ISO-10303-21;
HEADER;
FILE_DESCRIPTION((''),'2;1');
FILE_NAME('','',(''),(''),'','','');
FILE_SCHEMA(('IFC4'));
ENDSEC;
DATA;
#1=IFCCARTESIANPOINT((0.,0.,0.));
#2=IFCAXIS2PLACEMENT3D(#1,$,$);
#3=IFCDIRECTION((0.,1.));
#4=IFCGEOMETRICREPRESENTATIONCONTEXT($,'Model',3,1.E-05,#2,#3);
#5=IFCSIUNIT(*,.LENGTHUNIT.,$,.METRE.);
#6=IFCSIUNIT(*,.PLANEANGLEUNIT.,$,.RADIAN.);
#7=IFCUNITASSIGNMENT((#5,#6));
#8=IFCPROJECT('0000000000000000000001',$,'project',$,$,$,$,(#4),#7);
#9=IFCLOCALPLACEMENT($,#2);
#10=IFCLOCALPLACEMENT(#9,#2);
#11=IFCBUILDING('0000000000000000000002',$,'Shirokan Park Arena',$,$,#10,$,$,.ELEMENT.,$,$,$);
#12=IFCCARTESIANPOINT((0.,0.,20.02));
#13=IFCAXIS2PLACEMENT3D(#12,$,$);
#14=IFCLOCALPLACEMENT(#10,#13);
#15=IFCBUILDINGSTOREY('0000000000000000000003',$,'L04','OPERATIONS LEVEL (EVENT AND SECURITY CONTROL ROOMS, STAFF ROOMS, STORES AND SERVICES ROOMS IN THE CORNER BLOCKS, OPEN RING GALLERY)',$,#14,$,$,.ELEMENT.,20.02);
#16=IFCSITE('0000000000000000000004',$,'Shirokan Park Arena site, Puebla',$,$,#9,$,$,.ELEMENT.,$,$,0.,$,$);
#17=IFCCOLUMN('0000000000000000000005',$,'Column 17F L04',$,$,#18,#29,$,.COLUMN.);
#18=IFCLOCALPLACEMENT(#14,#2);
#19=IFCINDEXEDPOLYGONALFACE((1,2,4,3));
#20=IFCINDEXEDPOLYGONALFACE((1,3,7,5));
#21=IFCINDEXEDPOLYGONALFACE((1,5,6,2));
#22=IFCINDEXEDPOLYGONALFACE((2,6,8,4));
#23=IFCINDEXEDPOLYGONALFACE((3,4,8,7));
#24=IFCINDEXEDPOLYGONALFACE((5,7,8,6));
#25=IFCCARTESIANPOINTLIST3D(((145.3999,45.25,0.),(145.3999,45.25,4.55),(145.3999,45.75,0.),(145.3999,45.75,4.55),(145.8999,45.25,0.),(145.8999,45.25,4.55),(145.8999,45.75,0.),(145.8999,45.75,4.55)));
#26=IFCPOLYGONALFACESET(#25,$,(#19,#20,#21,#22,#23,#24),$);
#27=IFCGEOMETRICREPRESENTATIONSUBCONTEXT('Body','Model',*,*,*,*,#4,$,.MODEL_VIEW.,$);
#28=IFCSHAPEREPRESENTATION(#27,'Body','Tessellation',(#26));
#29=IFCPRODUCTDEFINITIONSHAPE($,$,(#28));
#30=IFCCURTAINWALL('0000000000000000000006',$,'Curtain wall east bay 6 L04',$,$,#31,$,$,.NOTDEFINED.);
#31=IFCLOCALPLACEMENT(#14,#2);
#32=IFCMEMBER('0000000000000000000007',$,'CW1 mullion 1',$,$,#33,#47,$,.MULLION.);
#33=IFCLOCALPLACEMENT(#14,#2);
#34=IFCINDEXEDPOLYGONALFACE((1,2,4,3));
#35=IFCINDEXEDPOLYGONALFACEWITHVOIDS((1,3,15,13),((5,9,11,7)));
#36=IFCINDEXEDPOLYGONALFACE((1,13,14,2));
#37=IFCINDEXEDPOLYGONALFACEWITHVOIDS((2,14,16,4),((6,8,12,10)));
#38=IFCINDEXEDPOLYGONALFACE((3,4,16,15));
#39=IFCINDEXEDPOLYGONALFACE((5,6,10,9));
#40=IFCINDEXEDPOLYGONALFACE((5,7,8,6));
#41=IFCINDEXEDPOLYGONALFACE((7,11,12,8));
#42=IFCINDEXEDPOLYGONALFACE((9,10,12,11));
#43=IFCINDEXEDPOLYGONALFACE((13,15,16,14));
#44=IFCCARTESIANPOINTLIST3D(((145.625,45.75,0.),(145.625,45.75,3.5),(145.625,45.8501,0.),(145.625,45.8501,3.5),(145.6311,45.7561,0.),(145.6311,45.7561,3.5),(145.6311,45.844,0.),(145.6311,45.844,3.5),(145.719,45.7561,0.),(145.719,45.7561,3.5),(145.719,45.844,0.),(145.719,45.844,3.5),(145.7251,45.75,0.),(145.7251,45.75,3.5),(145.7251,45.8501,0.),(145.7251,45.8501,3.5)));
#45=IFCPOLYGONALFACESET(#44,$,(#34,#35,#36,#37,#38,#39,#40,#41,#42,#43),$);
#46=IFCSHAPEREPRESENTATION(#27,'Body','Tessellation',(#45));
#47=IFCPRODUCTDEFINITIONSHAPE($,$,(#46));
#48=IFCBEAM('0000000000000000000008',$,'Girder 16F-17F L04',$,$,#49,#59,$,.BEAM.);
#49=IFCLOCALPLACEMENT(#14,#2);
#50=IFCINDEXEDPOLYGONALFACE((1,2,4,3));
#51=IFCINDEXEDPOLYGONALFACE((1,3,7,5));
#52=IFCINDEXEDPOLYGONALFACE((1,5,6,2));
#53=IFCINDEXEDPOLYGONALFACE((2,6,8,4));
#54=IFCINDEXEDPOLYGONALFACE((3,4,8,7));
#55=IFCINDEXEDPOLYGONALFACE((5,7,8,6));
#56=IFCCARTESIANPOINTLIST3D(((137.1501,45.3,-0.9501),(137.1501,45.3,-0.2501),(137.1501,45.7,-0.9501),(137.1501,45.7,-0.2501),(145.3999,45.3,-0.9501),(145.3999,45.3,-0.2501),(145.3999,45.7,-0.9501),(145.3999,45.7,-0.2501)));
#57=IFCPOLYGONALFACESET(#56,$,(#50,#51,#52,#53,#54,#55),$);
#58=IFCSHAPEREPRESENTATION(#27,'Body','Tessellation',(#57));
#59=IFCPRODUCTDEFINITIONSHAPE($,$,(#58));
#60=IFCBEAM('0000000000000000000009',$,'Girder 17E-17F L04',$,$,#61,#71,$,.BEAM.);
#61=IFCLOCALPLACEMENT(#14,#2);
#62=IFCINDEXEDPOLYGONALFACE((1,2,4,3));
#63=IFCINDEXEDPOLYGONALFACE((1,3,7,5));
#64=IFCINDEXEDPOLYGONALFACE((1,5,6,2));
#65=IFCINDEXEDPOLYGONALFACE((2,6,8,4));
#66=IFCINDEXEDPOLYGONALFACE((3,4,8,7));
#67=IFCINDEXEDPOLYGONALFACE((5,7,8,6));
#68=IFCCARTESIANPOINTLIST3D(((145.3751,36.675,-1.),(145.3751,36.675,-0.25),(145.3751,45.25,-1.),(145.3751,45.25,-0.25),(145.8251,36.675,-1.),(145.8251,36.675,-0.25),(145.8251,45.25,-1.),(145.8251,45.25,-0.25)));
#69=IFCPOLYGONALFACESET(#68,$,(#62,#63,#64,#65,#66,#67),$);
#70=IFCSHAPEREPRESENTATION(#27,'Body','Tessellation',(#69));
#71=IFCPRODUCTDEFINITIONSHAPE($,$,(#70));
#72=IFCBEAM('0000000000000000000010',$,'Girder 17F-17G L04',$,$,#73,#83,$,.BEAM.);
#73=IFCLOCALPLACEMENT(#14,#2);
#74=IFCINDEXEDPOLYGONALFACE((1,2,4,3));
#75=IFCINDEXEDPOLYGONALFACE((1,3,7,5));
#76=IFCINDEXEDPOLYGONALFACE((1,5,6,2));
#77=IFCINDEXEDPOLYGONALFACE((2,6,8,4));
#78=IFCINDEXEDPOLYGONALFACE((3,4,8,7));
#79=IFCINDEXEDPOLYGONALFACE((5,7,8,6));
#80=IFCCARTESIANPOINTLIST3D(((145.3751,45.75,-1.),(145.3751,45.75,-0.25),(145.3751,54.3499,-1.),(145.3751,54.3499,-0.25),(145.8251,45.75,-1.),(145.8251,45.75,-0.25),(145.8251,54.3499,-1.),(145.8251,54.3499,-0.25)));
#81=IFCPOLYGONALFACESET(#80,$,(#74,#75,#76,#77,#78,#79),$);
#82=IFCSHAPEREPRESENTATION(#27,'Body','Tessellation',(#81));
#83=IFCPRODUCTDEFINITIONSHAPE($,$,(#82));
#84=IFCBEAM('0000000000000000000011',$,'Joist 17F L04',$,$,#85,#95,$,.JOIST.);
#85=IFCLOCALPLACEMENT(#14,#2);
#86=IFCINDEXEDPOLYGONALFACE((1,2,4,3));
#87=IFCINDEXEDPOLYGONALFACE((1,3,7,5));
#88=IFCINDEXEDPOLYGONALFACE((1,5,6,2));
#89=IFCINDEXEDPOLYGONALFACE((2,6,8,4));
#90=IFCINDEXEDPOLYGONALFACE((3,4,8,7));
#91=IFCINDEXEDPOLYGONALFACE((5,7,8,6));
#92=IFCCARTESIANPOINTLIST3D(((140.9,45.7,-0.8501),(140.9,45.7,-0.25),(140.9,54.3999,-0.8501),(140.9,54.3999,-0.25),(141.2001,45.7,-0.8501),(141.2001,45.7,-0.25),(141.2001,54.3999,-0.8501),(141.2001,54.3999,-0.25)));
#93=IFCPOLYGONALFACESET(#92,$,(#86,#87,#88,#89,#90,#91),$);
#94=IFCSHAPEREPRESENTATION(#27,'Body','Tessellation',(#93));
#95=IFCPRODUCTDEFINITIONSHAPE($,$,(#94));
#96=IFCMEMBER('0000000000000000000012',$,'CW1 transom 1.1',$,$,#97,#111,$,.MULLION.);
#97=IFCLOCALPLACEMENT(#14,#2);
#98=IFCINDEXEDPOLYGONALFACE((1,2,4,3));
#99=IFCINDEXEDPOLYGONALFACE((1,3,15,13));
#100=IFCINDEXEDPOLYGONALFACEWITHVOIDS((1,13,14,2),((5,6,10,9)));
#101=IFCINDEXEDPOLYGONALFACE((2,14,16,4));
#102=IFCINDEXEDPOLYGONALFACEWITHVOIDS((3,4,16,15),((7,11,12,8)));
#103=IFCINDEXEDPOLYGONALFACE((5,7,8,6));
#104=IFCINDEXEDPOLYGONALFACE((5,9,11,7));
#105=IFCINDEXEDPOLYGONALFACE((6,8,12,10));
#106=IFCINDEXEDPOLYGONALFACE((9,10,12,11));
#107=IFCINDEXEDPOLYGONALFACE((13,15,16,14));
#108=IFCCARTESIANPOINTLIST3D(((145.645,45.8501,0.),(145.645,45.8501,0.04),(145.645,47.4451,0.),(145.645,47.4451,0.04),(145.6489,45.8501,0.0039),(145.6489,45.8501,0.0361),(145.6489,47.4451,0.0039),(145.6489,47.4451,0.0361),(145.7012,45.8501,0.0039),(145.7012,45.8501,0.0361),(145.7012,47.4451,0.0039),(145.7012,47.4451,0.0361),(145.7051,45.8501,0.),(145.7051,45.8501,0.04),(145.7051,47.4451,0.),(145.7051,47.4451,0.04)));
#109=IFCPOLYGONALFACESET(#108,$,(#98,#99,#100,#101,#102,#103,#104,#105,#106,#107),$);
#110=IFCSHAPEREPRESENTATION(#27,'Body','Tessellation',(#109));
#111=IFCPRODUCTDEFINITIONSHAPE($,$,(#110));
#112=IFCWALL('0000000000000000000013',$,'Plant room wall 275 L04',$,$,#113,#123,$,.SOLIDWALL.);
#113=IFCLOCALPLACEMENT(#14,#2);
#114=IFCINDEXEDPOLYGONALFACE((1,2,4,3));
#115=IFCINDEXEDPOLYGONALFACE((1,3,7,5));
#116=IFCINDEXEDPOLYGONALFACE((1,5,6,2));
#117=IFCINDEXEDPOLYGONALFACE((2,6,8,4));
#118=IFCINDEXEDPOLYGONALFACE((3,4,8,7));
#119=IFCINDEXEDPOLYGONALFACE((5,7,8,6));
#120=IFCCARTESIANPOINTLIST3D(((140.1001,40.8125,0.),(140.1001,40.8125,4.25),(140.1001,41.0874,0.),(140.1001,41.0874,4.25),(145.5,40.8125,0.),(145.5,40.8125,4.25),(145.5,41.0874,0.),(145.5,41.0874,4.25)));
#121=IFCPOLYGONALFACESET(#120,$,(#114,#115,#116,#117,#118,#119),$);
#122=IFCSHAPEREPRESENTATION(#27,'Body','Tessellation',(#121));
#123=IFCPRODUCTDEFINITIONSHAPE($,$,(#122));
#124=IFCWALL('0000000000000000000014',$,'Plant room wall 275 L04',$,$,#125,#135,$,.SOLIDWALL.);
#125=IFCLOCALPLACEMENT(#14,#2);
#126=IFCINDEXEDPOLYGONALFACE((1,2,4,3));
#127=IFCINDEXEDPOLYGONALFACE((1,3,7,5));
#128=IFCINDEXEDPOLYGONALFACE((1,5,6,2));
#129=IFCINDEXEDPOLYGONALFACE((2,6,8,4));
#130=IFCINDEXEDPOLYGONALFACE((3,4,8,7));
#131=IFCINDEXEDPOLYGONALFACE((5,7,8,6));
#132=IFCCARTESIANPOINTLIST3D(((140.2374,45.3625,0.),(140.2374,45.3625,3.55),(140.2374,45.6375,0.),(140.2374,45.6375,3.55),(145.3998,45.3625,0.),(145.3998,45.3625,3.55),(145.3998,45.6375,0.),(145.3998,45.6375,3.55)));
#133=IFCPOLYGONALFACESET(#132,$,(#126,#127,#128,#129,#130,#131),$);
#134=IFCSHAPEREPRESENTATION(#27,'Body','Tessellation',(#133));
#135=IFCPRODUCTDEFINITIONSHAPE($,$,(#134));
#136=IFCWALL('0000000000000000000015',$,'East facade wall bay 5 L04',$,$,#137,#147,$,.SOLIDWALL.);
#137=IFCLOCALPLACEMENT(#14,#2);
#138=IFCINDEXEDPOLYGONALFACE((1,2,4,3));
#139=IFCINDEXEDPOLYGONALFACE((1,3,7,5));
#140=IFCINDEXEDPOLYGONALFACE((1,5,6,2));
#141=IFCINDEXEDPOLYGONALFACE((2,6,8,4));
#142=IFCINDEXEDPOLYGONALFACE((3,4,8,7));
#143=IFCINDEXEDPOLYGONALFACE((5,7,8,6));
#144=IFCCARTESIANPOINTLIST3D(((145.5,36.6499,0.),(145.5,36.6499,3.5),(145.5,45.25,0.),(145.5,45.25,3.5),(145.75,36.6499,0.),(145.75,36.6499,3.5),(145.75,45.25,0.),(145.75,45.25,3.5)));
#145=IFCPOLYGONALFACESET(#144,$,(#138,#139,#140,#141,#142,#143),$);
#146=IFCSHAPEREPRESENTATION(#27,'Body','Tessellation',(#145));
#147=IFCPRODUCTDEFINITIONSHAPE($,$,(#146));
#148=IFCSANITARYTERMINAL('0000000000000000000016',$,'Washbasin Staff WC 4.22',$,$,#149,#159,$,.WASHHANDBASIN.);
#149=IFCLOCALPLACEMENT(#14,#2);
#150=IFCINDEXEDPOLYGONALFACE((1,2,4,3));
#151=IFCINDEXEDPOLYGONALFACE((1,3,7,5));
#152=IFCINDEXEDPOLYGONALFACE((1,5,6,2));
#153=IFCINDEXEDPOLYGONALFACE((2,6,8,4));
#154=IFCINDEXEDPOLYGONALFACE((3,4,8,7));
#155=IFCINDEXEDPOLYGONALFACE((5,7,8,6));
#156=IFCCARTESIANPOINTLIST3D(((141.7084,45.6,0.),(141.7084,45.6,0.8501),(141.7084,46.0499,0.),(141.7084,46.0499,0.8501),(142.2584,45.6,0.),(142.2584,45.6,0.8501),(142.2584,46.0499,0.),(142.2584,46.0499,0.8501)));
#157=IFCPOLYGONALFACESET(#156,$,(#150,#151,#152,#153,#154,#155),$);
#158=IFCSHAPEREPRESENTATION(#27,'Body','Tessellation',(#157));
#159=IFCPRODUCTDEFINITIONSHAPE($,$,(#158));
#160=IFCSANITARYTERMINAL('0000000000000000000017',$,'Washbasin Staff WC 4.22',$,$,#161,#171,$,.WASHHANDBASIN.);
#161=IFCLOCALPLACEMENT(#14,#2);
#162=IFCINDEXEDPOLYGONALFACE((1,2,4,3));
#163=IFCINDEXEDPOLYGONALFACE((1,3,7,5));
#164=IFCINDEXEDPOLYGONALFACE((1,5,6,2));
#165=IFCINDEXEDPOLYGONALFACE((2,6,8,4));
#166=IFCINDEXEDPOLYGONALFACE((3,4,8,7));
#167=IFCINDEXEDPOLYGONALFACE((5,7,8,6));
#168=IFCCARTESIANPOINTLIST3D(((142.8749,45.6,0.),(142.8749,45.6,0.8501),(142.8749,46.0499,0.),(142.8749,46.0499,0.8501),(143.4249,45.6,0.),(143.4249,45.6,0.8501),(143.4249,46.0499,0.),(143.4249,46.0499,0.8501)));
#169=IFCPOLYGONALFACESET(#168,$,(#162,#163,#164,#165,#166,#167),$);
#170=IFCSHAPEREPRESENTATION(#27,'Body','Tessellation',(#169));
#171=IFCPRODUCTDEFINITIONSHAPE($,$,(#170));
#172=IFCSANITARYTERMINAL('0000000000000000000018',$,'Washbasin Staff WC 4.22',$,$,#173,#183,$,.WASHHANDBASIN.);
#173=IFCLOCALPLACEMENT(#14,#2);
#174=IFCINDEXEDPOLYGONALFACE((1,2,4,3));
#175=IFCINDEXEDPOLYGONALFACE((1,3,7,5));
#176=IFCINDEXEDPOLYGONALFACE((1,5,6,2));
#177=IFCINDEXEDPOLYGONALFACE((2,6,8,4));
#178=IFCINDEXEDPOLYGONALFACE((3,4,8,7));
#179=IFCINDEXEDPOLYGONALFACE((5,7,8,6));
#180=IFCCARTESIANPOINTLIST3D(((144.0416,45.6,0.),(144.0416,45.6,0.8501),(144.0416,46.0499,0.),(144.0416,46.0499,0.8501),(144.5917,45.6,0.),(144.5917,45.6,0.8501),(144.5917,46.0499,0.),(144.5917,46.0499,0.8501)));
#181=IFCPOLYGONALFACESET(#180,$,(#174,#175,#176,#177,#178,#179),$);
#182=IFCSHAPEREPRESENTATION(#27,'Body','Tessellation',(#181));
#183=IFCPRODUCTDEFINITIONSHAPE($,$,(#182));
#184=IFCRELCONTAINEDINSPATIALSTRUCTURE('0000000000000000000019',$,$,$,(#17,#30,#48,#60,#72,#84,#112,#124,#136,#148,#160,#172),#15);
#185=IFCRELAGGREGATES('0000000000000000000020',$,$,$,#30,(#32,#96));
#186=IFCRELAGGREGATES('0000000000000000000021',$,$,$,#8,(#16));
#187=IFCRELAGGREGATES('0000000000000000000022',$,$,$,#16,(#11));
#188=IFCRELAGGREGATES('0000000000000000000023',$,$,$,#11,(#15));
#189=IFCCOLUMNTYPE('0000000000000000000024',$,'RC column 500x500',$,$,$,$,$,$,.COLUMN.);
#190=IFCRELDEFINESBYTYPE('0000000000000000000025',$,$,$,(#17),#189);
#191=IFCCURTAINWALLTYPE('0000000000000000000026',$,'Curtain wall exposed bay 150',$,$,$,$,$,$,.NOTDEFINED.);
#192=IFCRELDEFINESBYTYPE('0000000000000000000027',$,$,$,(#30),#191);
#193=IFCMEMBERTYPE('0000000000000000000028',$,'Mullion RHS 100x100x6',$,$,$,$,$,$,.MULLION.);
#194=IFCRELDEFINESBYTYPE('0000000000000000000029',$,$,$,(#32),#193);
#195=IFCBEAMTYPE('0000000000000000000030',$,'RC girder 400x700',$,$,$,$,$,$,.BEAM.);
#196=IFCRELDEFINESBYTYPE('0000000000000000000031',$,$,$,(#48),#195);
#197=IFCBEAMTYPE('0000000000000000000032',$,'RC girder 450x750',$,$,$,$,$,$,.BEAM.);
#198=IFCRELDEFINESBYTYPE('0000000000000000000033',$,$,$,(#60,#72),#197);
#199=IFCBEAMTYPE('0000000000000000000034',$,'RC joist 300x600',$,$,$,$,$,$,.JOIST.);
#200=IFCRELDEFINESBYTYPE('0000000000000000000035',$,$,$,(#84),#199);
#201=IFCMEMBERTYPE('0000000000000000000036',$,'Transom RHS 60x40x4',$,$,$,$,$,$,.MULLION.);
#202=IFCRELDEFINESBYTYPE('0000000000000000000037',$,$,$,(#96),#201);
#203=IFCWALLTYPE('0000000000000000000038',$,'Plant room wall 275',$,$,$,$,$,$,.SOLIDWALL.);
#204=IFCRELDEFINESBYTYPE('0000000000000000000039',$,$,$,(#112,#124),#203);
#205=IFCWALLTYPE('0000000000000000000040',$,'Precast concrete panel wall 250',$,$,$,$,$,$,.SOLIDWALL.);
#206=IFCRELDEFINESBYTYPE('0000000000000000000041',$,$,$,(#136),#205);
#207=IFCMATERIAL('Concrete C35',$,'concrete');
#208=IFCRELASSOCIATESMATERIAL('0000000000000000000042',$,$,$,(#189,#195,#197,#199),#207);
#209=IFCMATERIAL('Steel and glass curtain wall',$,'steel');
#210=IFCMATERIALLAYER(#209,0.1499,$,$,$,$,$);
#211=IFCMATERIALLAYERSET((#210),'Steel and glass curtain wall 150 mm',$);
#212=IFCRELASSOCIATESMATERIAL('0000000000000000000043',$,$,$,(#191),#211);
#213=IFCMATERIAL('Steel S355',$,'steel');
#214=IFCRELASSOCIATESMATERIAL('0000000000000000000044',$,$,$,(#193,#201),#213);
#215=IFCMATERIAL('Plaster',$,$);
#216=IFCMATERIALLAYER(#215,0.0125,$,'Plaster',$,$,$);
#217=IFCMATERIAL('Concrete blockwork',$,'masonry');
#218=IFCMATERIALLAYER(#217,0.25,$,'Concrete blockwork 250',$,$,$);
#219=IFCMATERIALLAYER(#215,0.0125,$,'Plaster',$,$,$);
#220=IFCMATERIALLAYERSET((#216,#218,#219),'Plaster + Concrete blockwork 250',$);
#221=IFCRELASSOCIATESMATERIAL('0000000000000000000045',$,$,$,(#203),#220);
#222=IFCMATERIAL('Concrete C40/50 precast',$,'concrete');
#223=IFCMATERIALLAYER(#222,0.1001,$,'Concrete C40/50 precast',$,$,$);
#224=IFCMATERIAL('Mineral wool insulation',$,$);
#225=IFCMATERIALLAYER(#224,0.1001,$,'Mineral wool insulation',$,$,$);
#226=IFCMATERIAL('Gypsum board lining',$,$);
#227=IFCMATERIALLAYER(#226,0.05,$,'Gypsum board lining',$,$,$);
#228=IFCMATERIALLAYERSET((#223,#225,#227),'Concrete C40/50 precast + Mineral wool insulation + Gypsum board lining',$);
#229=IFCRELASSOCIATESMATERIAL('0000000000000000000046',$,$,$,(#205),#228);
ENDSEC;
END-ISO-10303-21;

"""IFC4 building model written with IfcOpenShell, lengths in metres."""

from ifc_helpers import new_model, si_unit, direction, frame, frame_2d, origin, origin_2d, place, context, subcontext, project, spatial, rectangle, hollow_rectangle, extrude, material, layer, layer_set, material_profile, profile_set, type_object, element, aggregate, save


model = new_model("IFC4")

# Units and contexts
model_context = context("Model", 3, precision=1e-05, world=origin(), true_north=direction((0.0, 1.0)))
body_context = subcontext(model_context, "Body", "Model", "MODEL_VIEW")
ifc_project = project(units=[si_unit("LENGTHUNIT", "METRE"), si_unit("PLANEANGLEUNIT", "RADIAN")], contexts=[model_context])

# Site, building, storey
site_placement = place(None, origin())
site = spatial("IfcSite", under=ifc_project, at=site_placement, Name="Shirokan Park Arena site, Puebla", CompositionType="ELEMENT", RefElevation=0.0)
building_placement = place(site_placement, origin())
building = spatial("IfcBuilding", under=site, at=building_placement, Name="Shirokan Park Arena", CompositionType="ELEMENT")
storey_placement = place(building_placement, frame((0.0, 0.0, 20.02)))
storey = spatial("IfcBuildingStorey", under=building, at=storey_placement, Name="L04", Description="OPERATIONS LEVEL (EVENT AND SECURITY CONTROL ROOMS, STAFF ROOMS, STORES AND SERVICES ROOMS IN THE CORNER BLOCKS, OPEN RING GALLERY)", CompositionType="ELEMENT", Elevation=20.02)

# Column
ifc_material_1 = material(Name="Concrete C35", Category="concrete")
ifc_material_profile_1 = material_profile(ifc_material_1, rectangle(XDim=0.5, YDim=0.5, at=origin_2d()), Name="500x500")
ifc_profile_set_1 = profile_set([ifc_material_profile_1], Name="Concrete C35")
column_type = type_object("IfcColumnType", Name="RC column 500x500", PredefinedType="COLUMN", material=ifc_profile_set_1)
column_placement = place(storey_placement, frame((145.6499, 45.5, 0.0), z_axis=(0.0, 0.0, 1.0), x_axis=(1.0, 0.0, 0.0)))
element("IfcColumn", 1, at=column_placement, inside=storey, type_object=column_type, Name="Column 17F L04", PredefinedType="COLUMN", context=body_context, shape_type="SweptSolid", body=[
    extrude(rectangle(XDim=0.5, YDim=0.5, at=origin_2d()), origin(), (0.0, 0.0, 1.0), 4.55),
])

# Curtain wall, member
ifc_material_2 = material(Name="Steel and glass curtain wall", Category="steel")
ifc_layer_1 = layer(ifc_material_2, 0.1499)
ifc_layer_set_1 = layer_set([ifc_layer_1], Name="Steel and glass curtain wall 150 mm")
curtain_wall_type = type_object("IfcCurtainWallType", Name="Curtain wall exposed bay 150", PredefinedType="NOTDEFINED", material=ifc_layer_set_1)
curtain_wall_placement = place(storey_placement, origin())
curtain_wall = element("IfcCurtainWall", 2, at=curtain_wall_placement, inside=storey, type_object=curtain_wall_type, Name="Curtain wall east bay 6 L04", PredefinedType="NOTDEFINED")
ifc_material_3 = material(Name="Steel S355", Category="steel")
ifc_material_profile_2 = material_profile(ifc_material_3, hollow_rectangle(XDim=0.1001, YDim=0.1001, WallThickness=0.0061, at=origin_2d()), Name="RHS 100x100x6")
ifc_profile_set_2 = profile_set([ifc_material_profile_2], Name="Steel S355")
member_type_1 = type_object("IfcMemberType", Name="Mullion RHS 100x100x6", PredefinedType="MULLION", material=ifc_profile_set_2)
member_1_placement = place(storey_placement, frame((145.675, 45.8, 0.0), z_axis=(0.0, 0.0, 1.0), x_axis=(-1.0, 0.0, 0.0)))
member_1 = element("IfcMember", 3, at=member_1_placement, type_object=member_type_1, Name="CW1 mullion 1", PredefinedType="MULLION", context=body_context, shape_type="SweptSolid", body=[
    extrude(hollow_rectangle(XDim=0.1001, YDim=0.1001, WallThickness=0.0061, at=origin_2d()), origin(), (0.0, 0.0, 1.0), 3.5),
])

# Beams
ifc_material_profile_3 = material_profile(ifc_material_1, rectangle(XDim=0.3999, YDim=0.7, at=origin_2d()), Name="400x700")
ifc_profile_set_3 = profile_set([ifc_material_profile_3], Name="Concrete C35")
beam_type_1 = type_object("IfcBeamType", Name="RC girder 400x700", PredefinedType="BEAM", material=ifc_profile_set_3)
beam_1_placement = place(storey_placement, frame((137.1501, 45.5, -0.6001), z_axis=(1.0, 0.0, 0.0), x_axis=(0.0, 1.0, 0.0)))
element("IfcBeam", 4, at=beam_1_placement, inside=storey, type_object=beam_type_1, Name="Girder 16F-17F L04", PredefinedType="BEAM", context=body_context, shape_type="SweptSolid", body=[
    extrude(rectangle(XDim=0.3999, YDim=0.7, at=origin_2d()), origin(), (0.0, 0.0, 1.0), 8.2498),
])
ifc_material_profile_4 = material_profile(ifc_material_1, rectangle(XDim=0.45, YDim=0.75, at=origin_2d()), Name="450x750")
ifc_profile_set_4 = profile_set([ifc_material_profile_4], Name="Concrete C35")
beam_type_2 = type_object("IfcBeamType", Name="RC girder 450x750", PredefinedType="BEAM", material=ifc_profile_set_4)
beam_2_placement = place(storey_placement, frame((145.6001, 36.675, -0.625), z_axis=(0.0, 1.0, 0.0), x_axis=(-1.0, 0.0, 0.0)))
element("IfcBeam", 5, at=beam_2_placement, inside=storey, type_object=beam_type_2, Name="Girder 17E-17F L04", PredefinedType="BEAM", context=body_context, shape_type="SweptSolid", body=[
    extrude(rectangle(XDim=0.45, YDim=0.75, at=origin_2d()), origin(), (0.0, 0.0, 1.0), 8.575),
])
beam_3_placement = place(storey_placement, frame((145.6001, 45.75, -0.625), z_axis=(0.0, 1.0, 0.0), x_axis=(-1.0, 0.0, 0.0)))
element("IfcBeam", 6, at=beam_3_placement, inside=storey, type_object=beam_type_2, Name="Girder 17F-17G L04", PredefinedType="BEAM", context=body_context, shape_type="SweptSolid", body=[
    extrude(rectangle(XDim=0.45, YDim=0.75, at=origin_2d()), origin(), (0.0, 0.0, 1.0), 8.5999),
])
ifc_material_profile_5 = material_profile(ifc_material_1, rectangle(XDim=0.3, YDim=0.6001, at=origin_2d()), Name="300x600")
ifc_profile_set_5 = profile_set([ifc_material_profile_5], Name="Concrete C35")
beam_type_3 = type_object("IfcBeamType", Name="RC joist 300x600", PredefinedType="JOIST", material=ifc_profile_set_5)
beam_4_placement = place(storey_placement, frame((141.05, 45.7, -0.55), z_axis=(0.0, 1.0, 0.0), x_axis=(-1.0, 0.0, 0.0)))
element("IfcBeam", 7, at=beam_4_placement, inside=storey, type_object=beam_type_3, Name="Joist 17F L04", PredefinedType="JOIST", context=body_context, shape_type="SweptSolid", body=[
    extrude(rectangle(XDim=0.3, YDim=0.6001, at=origin_2d()), origin(), (0.0, 0.0, 1.0), 8.7),
])

# Member
ifc_material_profile_6 = material_profile(ifc_material_3, hollow_rectangle(XDim=0.0601, YDim=0.04, WallThickness=0.0039, at=origin_2d()), Name="RHS 60x40x4")
ifc_profile_set_6 = profile_set([ifc_material_profile_6], Name="Steel S355")
member_type_2 = type_object("IfcMemberType", Name="Transom RHS 60x40x4", PredefinedType="MULLION", material=ifc_profile_set_6)
member_2_placement = place(storey_placement, frame((145.675, 45.8501, 0.02), z_axis=(0.0, 1.0, 0.0), x_axis=(-1.0, 0.0, 0.0)))
member_2 = element("IfcMember", 8, at=member_2_placement, type_object=member_type_2, Name="CW1 transom 1.1", PredefinedType="MULLION", context=body_context, shape_type="SweptSolid", body=[
    extrude(hollow_rectangle(XDim=0.0601, YDim=0.04, WallThickness=0.0039, at=origin_2d()), origin(), (0.0, 0.0, 1.0), 1.595),
])
aggregate(curtain_wall, [member_1, member_2])

# Wall
ifc_material_4 = material(Name="Plaster")
ifc_layer_2 = layer(ifc_material_4, 0.0125, Name="Plaster")
ifc_material_5 = material(Name="Concrete blockwork", Category="masonry")
ifc_layer_3 = layer(ifc_material_5, 0.25, Name="Concrete blockwork 250")
ifc_layer_4 = layer(ifc_material_4, 0.0125, Name="Plaster")
ifc_layer_set_2 = layer_set([ifc_layer_2, ifc_layer_3, ifc_layer_4], Name="Plaster + Concrete blockwork 250")
wall_type_1 = type_object("IfcWallType", Name="Plant room wall 275", PredefinedType="SOLIDWALL", material=ifc_layer_set_2)
wall_1_placement = place(storey_placement, frame((140.1001, 40.95, 0.0), z_axis=(0.0, 0.0, 1.0), x_axis=(1.0, 0.0, 0.0)))
element("IfcWall", 9, at=wall_1_placement, inside=storey, type_object=wall_type_1, Name="Plant room wall 275 L04", PredefinedType="SOLIDWALL", context=body_context, shape_type="SweptSolid", body=[
    extrude(rectangle(XDim=5.3999, YDim=0.2749, at=frame_2d((2.7, 0.0))), origin(), (0.0, 0.0, 1.0), 4.25),
])

# Walls
wall_2_placement = place(storey_placement, frame((140.2375, 45.5, 0.0), z_axis=(0.0, 0.0, 1.0), x_axis=(1.0, 0.0, 0.0)))
element("IfcWall", 10, at=wall_2_placement, inside=storey, type_object=wall_type_1, Name="Plant room wall 275 L04", PredefinedType="SOLIDWALL", context=body_context, shape_type="SweptSolid", body=[
    extrude(rectangle(XDim=5.1624, YDim=0.2749, at=frame_2d((2.5811, 0.0))), origin(), (0.0, 0.0, 1.0), 3.55),
])
ifc_material_6 = material(Name="Concrete C40/50 precast", Category="concrete")
ifc_layer_5 = layer(ifc_material_6, 0.1001, Name="Concrete C40/50 precast")
ifc_material_7 = material(Name="Mineral wool insulation")
ifc_layer_6 = layer(ifc_material_7, 0.1001, Name="Mineral wool insulation")
ifc_material_8 = material(Name="Gypsum board lining")
ifc_layer_7 = layer(ifc_material_8, 0.05, Name="Gypsum board lining")
ifc_layer_set_3 = layer_set([ifc_layer_5, ifc_layer_6, ifc_layer_7], Name="Concrete C40/50 precast + Mineral wool insulation + Gypsum board lining")
wall_type_2 = type_object("IfcWallType", Name="Precast concrete panel wall 250", PredefinedType="SOLIDWALL", material=ifc_layer_set_3)
wall_3_placement = place(storey_placement, frame((145.625, 36.6499, 0.0), z_axis=(0.0, 0.0, 1.0), x_axis=(0.0, 1.0, 0.0)))
element("IfcWall", 11, at=wall_3_placement, inside=storey, type_object=wall_type_2, Name="East facade wall bay 5 L04", PredefinedType="SOLIDWALL", context=body_context, shape_type="SweptSolid", body=[
    extrude(rectangle(XDim=8.6001, YDim=0.25, at=frame_2d((4.3, 0.0))), origin(), (0.0, 0.0, 1.0), 3.5),
])

# Sanitary terminals
for number, where, z_axis, x_axis, name in (
    (12, (141.9834, 45.825, 0.0), (0.0, 0.0, 1.0), (1.0, 0.0, 0.0), "Washbasin Staff WC 4.22"),
    (13, (143.1499, 45.825, 0.0), (0.0, 0.0, 1.0), (1.0, 0.0, 0.0), "Washbasin Staff WC 4.22"),
    (14, (144.3167, 45.825, 0.0), (0.0, 0.0, 1.0), (1.0, 0.0, 0.0), "Washbasin Staff WC 4.22"),
):
    element("IfcSanitaryTerminal", number, at=place(storey_placement, frame(where, z_axis=z_axis, x_axis=x_axis)), inside=storey, Name=name, PredefinedType="WASHHANDBASIN", context=body_context, shape_type="SweptSolid", body=[
        extrude(rectangle(XDim=0.55, YDim=0.45, at=origin_2d()), origin(), (0.0, 0.0, 1.0), 0.8501),
    ])

save(model, "model.ifc")
